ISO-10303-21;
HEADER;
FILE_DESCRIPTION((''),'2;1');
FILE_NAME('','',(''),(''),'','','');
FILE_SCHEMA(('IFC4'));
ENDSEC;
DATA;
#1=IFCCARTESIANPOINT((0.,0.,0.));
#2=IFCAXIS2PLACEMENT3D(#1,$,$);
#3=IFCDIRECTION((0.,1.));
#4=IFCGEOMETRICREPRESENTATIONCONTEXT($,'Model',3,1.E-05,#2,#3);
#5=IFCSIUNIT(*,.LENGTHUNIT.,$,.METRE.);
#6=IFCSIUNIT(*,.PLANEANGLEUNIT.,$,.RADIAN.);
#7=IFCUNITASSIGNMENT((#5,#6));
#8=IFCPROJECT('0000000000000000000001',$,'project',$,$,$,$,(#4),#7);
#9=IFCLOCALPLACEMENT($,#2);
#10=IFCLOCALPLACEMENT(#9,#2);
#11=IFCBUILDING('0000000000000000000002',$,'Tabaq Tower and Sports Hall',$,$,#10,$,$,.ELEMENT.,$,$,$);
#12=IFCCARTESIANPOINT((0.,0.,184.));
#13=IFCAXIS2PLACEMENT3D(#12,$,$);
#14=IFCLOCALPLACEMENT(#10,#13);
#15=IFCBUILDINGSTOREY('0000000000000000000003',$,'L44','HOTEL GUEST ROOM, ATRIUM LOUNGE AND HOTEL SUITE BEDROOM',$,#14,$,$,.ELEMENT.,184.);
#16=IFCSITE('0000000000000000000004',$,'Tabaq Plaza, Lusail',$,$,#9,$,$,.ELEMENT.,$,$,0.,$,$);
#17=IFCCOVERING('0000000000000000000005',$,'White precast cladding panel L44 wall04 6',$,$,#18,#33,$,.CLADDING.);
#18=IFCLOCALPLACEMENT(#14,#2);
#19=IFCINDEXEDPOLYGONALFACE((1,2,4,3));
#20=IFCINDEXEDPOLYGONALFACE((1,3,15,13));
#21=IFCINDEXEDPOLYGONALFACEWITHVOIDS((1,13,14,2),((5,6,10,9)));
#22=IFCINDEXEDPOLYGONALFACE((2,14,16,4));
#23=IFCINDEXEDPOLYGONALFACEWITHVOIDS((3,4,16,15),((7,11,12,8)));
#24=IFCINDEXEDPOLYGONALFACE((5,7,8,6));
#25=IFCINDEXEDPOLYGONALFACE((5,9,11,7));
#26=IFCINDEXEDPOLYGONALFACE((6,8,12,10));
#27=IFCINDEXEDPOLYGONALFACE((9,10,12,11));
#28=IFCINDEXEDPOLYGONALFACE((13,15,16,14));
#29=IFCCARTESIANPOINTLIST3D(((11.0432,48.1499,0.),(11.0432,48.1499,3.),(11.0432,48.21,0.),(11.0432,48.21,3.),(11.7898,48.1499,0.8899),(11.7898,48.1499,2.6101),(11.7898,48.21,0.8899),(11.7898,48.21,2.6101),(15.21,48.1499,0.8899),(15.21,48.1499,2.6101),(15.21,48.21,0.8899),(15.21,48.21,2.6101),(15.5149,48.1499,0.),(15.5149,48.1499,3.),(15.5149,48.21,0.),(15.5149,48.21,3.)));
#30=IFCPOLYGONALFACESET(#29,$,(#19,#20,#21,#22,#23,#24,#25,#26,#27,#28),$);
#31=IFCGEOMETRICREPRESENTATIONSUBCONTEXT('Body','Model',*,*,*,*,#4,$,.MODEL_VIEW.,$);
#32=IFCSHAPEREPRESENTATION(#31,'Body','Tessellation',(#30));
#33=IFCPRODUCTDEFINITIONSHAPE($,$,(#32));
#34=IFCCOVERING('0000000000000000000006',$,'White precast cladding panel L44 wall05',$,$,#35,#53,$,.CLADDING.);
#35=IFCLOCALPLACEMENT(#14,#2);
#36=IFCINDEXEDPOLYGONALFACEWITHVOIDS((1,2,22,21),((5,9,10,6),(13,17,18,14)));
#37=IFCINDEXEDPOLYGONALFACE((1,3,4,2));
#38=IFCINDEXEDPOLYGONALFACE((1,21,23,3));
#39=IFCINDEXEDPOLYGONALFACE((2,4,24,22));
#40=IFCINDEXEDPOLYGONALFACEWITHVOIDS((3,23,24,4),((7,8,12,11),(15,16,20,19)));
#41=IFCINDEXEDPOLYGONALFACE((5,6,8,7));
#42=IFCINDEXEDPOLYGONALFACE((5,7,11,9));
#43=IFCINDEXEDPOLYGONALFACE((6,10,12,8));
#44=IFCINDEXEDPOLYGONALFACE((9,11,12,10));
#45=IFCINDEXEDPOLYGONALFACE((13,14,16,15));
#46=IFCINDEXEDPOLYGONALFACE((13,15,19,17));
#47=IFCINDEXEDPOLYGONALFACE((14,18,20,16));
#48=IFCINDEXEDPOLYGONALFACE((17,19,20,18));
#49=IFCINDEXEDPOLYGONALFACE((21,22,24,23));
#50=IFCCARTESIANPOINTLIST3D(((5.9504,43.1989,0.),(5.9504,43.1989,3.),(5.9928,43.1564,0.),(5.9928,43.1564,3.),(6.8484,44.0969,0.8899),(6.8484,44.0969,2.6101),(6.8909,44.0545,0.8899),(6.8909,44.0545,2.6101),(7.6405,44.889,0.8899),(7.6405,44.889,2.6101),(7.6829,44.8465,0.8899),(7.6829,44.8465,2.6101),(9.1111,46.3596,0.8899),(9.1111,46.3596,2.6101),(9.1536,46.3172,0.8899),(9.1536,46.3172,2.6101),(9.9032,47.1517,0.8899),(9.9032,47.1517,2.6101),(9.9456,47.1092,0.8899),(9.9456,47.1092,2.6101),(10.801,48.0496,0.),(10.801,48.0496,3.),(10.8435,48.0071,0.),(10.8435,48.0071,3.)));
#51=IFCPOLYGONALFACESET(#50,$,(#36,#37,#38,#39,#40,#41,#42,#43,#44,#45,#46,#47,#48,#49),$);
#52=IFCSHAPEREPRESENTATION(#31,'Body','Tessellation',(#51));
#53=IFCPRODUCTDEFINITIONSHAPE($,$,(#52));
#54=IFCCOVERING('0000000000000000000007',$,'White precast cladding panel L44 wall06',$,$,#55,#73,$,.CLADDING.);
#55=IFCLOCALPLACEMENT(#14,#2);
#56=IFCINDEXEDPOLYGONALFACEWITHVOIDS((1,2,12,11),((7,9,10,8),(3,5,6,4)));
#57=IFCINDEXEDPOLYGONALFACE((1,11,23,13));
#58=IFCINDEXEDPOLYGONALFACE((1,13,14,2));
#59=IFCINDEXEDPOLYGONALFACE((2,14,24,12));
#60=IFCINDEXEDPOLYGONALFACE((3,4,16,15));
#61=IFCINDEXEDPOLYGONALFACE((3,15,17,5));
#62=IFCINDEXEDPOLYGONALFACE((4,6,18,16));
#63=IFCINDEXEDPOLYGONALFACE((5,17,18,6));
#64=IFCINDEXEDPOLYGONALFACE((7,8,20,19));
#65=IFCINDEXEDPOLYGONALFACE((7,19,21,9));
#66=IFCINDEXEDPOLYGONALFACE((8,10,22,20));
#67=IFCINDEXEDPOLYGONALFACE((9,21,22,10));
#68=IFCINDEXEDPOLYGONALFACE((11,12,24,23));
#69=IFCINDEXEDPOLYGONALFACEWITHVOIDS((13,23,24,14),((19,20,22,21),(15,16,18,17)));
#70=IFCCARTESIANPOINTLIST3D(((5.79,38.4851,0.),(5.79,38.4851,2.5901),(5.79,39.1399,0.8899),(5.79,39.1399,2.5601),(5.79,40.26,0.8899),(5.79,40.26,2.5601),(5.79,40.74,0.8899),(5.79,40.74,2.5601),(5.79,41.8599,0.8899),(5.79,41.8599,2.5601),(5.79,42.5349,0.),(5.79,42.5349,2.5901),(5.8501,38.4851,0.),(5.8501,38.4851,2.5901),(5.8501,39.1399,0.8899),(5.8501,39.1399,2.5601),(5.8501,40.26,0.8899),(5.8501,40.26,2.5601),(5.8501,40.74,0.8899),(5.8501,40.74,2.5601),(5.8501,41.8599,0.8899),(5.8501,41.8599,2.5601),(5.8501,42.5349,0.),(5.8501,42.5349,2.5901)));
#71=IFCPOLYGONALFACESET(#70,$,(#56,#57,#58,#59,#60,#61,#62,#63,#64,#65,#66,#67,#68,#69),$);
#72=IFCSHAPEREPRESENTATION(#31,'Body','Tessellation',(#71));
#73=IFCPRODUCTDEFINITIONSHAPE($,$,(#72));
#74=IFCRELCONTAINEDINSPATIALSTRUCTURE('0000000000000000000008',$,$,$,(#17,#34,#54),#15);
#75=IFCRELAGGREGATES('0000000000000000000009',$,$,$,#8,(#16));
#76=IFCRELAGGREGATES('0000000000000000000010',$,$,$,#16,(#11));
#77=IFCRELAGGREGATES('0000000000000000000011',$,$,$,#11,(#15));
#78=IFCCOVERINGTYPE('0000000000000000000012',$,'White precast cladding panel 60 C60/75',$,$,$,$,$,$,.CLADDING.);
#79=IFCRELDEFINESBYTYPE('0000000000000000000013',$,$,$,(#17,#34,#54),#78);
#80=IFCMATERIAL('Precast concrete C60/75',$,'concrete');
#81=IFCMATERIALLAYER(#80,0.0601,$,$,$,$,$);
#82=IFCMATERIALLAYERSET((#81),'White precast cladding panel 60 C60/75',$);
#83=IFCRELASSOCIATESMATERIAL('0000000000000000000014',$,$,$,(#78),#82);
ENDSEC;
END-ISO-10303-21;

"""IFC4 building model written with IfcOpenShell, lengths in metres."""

from ifc_helpers import new_model, si_unit, direction, frame, origin, place, context, subcontext, project, spatial, polyline, outline, extrude, material, layer, layer_set, type_object, element, save


model = new_model("IFC4")

# Units and contexts
model_context = context("Model", 3, precision=1e-05, world=origin(), true_north=direction((0.0, 1.0)))
body_context = subcontext(model_context, "Body", "Model", "MODEL_VIEW")
ifc_project = project(units=[si_unit("LENGTHUNIT", "METRE"), si_unit("PLANEANGLEUNIT", "RADIAN")], contexts=[model_context])

# Site, building, storey
site_placement = place(None, origin())
site = spatial("IfcSite", under=ifc_project, at=site_placement, Name="Tabaq Plaza, Lusail", CompositionType="ELEMENT", RefElevation=0.0)
building_placement = place(site_placement, origin())
building = spatial("IfcBuilding", under=site, at=building_placement, Name="Tabaq Tower and Sports Hall", CompositionType="ELEMENT")
storey_placement = place(building_placement, frame((0.0, 0.0, 184.0)))
storey = spatial("IfcBuildingStorey", under=building, at=storey_placement, Name="L44", Description="HOTEL GUEST ROOM, ATRIUM LOUNGE AND HOTEL SUITE BEDROOM", CompositionType="ELEMENT", Elevation=184.0)

# Coverings
ifc_material_1 = material(Name="Precast concrete C60/75", Category="concrete")
ifc_layer_1 = layer(ifc_material_1, 0.0601)
ifc_layer_set_1 = layer_set([ifc_layer_1], Name="White precast cladding panel 60 C60/75")
covering_type_1 = type_object("IfcCoveringType", Name="White precast cladding panel 60 C60/75", PredefinedType="CLADDING", material=ifc_layer_set_1)
covering_1_placement = place(storey_placement, frame((15.5149, 48.1799, 0.0), z_axis=(0.0, 0.0, 1.0), x_axis=(-1.0, 0.0, 0.0)))
element("IfcCovering", 1, at=covering_1_placement, inside=storey, type_object=covering_type_1, Name="White precast cladding panel L44 wall04 6", PredefinedType="CLADDING", context=body_context, shape_type="SweptSolid", body=[
    extrude(outline(polyline([(0.0, 0.0), (4.4717, 0.0), (4.4717, 3.0), (0.0, 3.0), (0.0, 0.0)]), holes=[polyline([(0.3049, 0.8899), (0.3049, 2.6101), (3.7251, 2.6101), (3.7251, 0.8899), (0.3049, 0.8899)])]), frame((0.0, 0.03, 0.0), z_axis=(0.0, -1.0, 0.0), x_axis=(1.0, 0.0, 0.0)), (0.0, 0.0, 1.0), 0.0601),
])
covering_2_placement = place(storey_placement, frame((10.8223, 48.0283, 0.0), z_axis=(0.0, 0.0, 1.0), x_axis=(-0.707107, -0.707107, 0.0)))
element("IfcCovering", 2, at=covering_2_placement, inside=storey, type_object=covering_type_1, Name="White precast cladding panel L44 wall05", PredefinedType="CLADDING", context=body_context, shape_type="SweptSolid", body=[
    extrude(outline(polyline([(0.0, 0.0), (6.8599, 0.0), (6.8599, 3.0), (0.0, 3.0), (0.0, 0.0)]), holes=[polyline([(1.2698, 2.6101), (2.3899, 2.6101), (2.3899, 0.8899), (1.2698, 0.8899), (1.2698, 2.6101)]), polyline([(4.4697, 2.6101), (5.5898, 2.6101), (5.5898, 0.8899), (4.4697, 0.8899), (4.4697, 2.6101)])]), frame((0.0, 0.03, 0.0), z_axis=(0.0, -1.0, 0.0), x_axis=(1.0, 0.0, 0.0)), (0.0, 0.0, 1.0), 0.0601),
])
covering_3_placement = place(storey_placement, frame((5.8201, 42.5349, 0.0), z_axis=(0.0, 0.0, 1.0), x_axis=(0.0, -1.0, 0.0)))
element("IfcCovering", 3, at=covering_3_placement, inside=storey, type_object=covering_type_1, Name="White precast cladding panel L44 wall06", PredefinedType="CLADDING", context=body_context, shape_type="SweptSolid", body=[
    extrude(outline(polyline([(0.0, 0.0), (4.0498, 0.0), (4.0498, 2.5901), (0.0, 2.5901), (0.0, 0.0)]), holes=[polyline([(0.675, 0.8899), (0.675, 2.5601), (1.7949, 2.5601), (1.7949, 0.8899), (0.675, 0.8899)]), polyline([(2.2749, 0.8899), (2.2749, 2.5601), (3.395, 2.5601), (3.395, 0.8899), (2.2749, 0.8899)])]), frame((0.0, 0.03, 0.0), z_axis=(0.0, -1.0, 0.0), x_axis=(1.0, 0.0, 0.0)), (0.0, 0.0, 1.0), 0.0601),
])

save(model, "model.ifc")
